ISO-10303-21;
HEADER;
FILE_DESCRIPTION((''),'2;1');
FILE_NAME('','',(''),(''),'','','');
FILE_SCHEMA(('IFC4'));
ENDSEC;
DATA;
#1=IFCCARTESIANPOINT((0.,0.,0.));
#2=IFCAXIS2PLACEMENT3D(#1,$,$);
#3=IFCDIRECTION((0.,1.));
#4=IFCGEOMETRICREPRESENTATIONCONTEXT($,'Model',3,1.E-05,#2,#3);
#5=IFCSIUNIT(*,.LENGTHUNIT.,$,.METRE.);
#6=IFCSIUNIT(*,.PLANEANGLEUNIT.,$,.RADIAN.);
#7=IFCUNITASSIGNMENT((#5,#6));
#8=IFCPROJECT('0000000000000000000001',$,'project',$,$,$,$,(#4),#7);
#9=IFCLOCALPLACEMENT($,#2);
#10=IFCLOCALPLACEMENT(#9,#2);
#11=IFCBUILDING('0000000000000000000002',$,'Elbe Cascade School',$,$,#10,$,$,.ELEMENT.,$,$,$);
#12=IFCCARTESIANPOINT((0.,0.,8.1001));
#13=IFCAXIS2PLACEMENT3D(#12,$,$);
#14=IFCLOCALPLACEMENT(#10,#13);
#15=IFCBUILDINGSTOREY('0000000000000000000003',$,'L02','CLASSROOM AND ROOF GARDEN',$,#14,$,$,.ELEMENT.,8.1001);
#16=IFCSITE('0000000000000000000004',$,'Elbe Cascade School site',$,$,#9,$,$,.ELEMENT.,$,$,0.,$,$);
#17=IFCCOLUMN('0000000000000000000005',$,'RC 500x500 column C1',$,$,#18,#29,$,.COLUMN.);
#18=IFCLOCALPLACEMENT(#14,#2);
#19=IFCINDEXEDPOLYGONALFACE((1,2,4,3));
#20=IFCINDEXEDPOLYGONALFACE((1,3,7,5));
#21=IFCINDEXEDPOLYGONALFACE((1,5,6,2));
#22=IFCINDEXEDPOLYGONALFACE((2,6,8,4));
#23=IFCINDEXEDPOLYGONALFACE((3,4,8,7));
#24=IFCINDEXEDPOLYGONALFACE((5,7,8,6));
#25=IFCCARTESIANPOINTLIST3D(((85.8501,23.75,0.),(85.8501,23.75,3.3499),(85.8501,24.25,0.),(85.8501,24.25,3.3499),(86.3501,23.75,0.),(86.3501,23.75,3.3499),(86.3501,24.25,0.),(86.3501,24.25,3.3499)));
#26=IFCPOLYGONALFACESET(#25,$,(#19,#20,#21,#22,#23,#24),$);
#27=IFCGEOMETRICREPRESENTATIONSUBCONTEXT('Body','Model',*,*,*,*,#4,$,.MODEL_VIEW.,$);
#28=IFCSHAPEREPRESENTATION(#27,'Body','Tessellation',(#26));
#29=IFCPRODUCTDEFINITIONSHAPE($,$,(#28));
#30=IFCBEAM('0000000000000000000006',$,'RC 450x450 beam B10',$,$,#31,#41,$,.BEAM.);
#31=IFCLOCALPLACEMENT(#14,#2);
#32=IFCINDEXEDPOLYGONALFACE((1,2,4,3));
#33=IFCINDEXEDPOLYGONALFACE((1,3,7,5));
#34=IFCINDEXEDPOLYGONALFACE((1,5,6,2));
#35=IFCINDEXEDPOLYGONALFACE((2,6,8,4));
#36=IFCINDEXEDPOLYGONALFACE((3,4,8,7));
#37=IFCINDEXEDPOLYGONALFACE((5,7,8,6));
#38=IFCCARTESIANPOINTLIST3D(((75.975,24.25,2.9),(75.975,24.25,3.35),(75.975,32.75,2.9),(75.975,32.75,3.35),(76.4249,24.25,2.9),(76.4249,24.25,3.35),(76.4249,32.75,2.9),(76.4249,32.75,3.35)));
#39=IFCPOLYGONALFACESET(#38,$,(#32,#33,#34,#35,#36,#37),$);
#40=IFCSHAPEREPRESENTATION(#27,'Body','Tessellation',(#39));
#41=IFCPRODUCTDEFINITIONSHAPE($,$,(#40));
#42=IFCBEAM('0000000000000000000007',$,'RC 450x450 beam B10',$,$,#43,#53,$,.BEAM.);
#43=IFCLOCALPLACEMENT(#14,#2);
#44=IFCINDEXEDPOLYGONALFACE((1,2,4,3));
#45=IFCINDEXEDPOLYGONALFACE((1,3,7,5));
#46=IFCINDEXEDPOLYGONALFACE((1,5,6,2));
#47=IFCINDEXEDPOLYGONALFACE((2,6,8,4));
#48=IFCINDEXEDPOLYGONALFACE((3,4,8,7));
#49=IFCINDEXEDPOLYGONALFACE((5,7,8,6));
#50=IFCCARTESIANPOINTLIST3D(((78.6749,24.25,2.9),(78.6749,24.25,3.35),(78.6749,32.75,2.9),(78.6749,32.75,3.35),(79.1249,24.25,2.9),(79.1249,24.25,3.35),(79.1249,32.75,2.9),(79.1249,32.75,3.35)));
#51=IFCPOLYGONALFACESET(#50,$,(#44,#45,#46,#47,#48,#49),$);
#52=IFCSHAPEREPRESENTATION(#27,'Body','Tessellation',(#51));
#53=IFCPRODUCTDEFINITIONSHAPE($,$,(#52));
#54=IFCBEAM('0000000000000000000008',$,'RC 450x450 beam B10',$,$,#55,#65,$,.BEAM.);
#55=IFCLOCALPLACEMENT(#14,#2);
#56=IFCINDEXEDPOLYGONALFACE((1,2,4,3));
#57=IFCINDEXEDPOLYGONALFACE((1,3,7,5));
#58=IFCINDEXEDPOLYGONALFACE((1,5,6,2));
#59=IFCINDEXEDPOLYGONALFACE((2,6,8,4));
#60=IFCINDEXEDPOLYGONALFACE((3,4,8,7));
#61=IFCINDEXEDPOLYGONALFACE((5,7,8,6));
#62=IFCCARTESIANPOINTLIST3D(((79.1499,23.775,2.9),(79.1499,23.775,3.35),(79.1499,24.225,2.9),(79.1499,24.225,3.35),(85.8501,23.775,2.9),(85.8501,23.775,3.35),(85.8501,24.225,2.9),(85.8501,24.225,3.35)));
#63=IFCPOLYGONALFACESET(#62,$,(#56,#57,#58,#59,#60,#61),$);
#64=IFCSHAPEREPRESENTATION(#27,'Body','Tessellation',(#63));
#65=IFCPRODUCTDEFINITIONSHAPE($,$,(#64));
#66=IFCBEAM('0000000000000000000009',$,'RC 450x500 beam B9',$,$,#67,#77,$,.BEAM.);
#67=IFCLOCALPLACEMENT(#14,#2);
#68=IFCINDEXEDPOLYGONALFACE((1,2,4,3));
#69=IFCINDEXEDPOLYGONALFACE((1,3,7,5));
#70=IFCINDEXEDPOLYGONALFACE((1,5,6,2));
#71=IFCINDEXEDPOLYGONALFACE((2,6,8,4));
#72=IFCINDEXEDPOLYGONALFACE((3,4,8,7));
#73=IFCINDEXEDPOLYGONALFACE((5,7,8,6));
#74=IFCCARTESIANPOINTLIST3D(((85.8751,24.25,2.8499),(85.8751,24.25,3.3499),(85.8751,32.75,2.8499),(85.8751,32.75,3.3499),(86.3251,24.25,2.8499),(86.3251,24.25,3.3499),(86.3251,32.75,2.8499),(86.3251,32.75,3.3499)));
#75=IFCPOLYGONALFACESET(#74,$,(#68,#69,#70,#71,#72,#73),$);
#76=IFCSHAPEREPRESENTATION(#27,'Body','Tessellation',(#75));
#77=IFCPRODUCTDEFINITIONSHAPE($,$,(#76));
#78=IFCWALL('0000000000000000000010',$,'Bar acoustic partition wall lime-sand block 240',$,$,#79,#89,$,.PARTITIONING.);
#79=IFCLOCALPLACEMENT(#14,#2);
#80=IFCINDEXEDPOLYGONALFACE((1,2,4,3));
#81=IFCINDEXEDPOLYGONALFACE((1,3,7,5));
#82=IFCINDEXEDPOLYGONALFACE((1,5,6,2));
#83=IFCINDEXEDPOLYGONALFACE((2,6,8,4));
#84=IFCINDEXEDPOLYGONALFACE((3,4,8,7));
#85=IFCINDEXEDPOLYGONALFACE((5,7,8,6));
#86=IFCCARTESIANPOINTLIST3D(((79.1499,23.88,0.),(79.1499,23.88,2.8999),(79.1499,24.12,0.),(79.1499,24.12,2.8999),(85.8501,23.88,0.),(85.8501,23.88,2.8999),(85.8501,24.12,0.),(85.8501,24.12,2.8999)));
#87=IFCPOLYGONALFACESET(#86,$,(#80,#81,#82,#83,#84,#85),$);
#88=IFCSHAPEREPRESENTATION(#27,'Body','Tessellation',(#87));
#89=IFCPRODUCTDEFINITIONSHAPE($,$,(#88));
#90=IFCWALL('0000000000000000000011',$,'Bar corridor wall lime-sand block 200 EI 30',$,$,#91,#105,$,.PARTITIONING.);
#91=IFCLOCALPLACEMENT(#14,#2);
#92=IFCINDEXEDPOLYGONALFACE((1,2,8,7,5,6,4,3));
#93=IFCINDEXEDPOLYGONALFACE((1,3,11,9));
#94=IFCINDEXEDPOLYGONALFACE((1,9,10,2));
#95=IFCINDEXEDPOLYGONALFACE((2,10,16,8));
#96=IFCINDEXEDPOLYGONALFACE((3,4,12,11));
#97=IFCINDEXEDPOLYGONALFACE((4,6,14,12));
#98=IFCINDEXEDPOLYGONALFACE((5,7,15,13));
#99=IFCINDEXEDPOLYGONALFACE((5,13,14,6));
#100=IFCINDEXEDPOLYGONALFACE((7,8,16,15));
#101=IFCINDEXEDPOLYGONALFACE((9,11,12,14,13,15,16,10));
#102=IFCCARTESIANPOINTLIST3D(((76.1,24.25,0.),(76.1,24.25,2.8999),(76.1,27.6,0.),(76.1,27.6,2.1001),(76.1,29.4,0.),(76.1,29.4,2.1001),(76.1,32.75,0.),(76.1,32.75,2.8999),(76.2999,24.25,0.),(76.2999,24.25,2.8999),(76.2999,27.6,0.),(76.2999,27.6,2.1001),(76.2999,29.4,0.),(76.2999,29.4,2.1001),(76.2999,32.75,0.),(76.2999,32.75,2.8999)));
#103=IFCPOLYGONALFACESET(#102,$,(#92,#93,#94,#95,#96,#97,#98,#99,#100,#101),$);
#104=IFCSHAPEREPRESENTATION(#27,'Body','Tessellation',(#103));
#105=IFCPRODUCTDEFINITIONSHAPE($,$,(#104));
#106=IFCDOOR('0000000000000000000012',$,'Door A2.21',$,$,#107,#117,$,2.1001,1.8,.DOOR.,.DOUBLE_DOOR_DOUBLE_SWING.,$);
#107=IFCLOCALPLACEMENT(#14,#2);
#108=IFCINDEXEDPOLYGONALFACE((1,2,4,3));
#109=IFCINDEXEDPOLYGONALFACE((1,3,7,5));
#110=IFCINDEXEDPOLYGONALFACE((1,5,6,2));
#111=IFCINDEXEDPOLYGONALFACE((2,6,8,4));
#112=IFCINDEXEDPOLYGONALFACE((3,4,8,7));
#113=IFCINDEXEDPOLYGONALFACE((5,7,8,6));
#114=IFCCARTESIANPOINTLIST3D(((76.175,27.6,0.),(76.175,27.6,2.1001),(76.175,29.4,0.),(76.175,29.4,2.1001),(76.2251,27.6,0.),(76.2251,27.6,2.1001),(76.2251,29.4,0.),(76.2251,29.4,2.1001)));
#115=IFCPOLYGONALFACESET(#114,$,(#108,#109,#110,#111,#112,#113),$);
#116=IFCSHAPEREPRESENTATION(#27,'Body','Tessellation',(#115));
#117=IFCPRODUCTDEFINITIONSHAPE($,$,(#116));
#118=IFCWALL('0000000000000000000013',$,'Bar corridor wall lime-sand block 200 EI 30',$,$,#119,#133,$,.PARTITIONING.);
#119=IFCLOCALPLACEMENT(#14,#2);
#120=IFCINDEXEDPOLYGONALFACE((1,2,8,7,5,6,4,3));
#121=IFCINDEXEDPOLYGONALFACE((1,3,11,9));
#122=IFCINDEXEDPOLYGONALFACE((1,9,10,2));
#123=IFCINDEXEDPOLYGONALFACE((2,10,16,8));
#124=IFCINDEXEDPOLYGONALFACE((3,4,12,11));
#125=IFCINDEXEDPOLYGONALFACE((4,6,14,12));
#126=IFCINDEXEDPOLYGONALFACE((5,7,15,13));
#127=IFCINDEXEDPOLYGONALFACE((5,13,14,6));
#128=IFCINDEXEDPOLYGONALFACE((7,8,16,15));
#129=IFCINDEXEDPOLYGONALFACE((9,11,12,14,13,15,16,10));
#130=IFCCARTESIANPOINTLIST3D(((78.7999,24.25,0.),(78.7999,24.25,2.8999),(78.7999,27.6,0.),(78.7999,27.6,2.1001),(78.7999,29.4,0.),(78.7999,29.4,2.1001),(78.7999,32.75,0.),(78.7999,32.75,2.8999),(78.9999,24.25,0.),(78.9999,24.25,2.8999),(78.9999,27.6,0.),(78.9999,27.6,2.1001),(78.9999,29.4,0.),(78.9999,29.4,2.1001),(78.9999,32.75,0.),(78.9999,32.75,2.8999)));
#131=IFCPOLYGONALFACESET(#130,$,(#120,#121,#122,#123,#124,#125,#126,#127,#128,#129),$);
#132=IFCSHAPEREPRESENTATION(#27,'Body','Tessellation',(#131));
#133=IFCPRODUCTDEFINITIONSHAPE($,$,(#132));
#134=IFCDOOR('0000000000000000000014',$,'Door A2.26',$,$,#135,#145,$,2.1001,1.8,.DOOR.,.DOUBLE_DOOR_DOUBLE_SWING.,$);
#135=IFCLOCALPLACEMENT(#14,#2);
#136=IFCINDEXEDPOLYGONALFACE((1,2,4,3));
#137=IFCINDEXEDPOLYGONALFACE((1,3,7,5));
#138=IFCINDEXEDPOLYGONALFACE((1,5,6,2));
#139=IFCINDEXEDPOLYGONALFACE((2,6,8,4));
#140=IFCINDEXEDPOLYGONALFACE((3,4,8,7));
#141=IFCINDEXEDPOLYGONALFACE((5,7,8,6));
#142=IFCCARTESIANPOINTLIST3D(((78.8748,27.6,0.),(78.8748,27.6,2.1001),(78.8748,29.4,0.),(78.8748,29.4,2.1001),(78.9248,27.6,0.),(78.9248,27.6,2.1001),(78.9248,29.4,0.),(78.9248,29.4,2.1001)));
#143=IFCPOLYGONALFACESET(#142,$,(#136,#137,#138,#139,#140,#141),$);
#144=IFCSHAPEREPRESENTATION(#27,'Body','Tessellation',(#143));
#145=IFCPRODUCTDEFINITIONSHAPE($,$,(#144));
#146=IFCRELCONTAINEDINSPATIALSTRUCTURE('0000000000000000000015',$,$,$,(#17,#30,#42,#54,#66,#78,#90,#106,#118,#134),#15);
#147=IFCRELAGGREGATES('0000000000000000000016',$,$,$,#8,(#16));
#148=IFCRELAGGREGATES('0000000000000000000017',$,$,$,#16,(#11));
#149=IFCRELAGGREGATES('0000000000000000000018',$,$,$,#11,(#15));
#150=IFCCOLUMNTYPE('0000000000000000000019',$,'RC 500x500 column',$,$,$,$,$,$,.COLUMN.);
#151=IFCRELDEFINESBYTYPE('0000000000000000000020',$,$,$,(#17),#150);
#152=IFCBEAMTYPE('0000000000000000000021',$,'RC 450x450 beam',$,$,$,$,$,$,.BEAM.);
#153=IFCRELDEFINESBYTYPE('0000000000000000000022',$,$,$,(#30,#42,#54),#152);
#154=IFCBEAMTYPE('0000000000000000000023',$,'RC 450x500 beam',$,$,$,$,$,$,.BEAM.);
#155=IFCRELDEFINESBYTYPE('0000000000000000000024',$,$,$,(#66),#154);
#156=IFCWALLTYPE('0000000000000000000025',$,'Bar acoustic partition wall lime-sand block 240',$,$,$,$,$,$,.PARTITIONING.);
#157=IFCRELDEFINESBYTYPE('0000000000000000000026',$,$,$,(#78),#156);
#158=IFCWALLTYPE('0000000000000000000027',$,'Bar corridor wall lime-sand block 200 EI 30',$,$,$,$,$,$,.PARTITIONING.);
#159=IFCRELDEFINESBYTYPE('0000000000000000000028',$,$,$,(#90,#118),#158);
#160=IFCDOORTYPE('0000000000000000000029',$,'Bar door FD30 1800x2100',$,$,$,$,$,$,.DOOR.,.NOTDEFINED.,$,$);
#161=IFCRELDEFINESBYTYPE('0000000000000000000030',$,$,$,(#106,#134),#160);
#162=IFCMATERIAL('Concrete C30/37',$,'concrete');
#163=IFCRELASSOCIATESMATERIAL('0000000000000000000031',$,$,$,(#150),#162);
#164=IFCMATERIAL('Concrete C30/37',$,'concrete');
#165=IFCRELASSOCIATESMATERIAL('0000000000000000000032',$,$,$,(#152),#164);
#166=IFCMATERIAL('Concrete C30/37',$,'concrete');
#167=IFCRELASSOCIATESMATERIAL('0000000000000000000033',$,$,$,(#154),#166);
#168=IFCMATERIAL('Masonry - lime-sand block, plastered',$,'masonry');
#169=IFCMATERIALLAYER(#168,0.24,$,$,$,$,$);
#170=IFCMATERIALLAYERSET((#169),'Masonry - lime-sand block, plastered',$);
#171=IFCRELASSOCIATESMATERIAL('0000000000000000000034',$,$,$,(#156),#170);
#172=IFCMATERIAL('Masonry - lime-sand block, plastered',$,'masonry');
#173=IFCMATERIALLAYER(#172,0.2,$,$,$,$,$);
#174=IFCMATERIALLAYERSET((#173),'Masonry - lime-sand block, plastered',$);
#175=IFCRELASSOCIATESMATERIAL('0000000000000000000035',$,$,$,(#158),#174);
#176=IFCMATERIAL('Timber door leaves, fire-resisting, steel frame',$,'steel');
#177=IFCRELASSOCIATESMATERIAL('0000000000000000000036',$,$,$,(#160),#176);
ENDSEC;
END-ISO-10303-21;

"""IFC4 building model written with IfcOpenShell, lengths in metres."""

from ifc_helpers import new_model, si_unit, direction, frame, frame_2d, origin, origin_2d, place, context, subcontext, project, spatial, rectangle, extrude, material, layer, layer_set, material_profile, profile_set, type_object, element, fill, save


model = new_model("IFC4")

# Units and contexts
model_context = context("Model", 3, precision=1e-05, world=origin(), true_north=direction((0.0, 1.0)))
body_context = subcontext(model_context, "Body", "Model", "MODEL_VIEW")
ifc_project = project(units=[si_unit("LENGTHUNIT", "METRE"), si_unit("PLANEANGLEUNIT", "RADIAN")], contexts=[model_context])

# Site, building, storey
site_placement = place(None, origin())
site = spatial("IfcSite", under=ifc_project, at=site_placement, Name="Elbe Cascade School site", CompositionType="ELEMENT", RefElevation=0.0)
building_placement = place(site_placement, origin())
building = spatial("IfcBuilding", under=site, at=building_placement, Name="Elbe Cascade School", CompositionType="ELEMENT")
storey_placement = place(building_placement, frame((0.0, 0.0, 8.1001)))
storey = spatial("IfcBuildingStorey", under=building, at=storey_placement, Name="L02", Description="CLASSROOM AND ROOF GARDEN", CompositionType="ELEMENT", Elevation=8.1001)

# Column
ifc_material_1 = material(Name="Concrete C30/37", Category="concrete")
ifc_material_profile_1 = material_profile(ifc_material_1, rectangle(XDim=0.5, YDim=0.5, at=origin_2d()), Name="RC 500x500")
ifc_profile_set_1 = profile_set([ifc_material_profile_1], Name="Concrete C30/37")
column_type = type_object("IfcColumnType", Name="RC 500x500 column", PredefinedType="COLUMN", material=ifc_profile_set_1)
column_placement = place(storey_placement, frame((86.1001, 24.0, 0.0), z_axis=(0.0, 0.0, 1.0), x_axis=(1.0, 0.0, 0.0)))
element("IfcColumn", 1, at=column_placement, inside=storey, type_object=column_type, Name="RC 500x500 column C1", PredefinedType="COLUMN", context=body_context, shape_type="SweptSolid", body=[
    extrude(rectangle(XDim=0.5, YDim=0.5, at=origin_2d()), origin(), (0.0, 0.0, 1.0), 3.3499),
])

# Beams
ifc_material_2 = material(Name="Concrete C30/37", Category="concrete")
ifc_material_profile_2 = material_profile(ifc_material_2, rectangle(XDim=0.45, YDim=0.45, at=origin_2d()), Name="RC 450x450")
ifc_profile_set_2 = profile_set([ifc_material_profile_2], Name="Concrete C30/37")
beam_type_1 = type_object("IfcBeamType", Name="RC 450x450 beam", PredefinedType="BEAM", material=ifc_profile_set_2)
for number, where, z_axis, x_axis, name in (
    (2, (76.2, 24.25, 3.125), (0.0, 1.0, 0.0), (-1.0, 0.0, 0.0), "RC 450x450 beam B10"),
    (3, (78.8999, 24.25, 3.125), (0.0, 1.0, 0.0), (-1.0, 0.0, 0.0), "RC 450x450 beam B10"),
):
    element("IfcBeam", number, at=place(storey_placement, frame(where, z_axis=z_axis, x_axis=x_axis)), inside=storey, type_object=beam_type_1, Name=name, PredefinedType="BEAM", context=body_context, shape_type="SweptSolid", body=[
        extrude(rectangle(XDim=0.45, YDim=0.45, at=origin_2d()), origin(), (0.0, 0.0, 1.0), 8.5),
    ])
beam_1_placement = place(storey_placement, frame((79.1499, 24.0, 3.125), z_axis=(1.0, 0.0, 0.0), x_axis=(0.0, 1.0, 0.0)))
element("IfcBeam", 4, at=beam_1_placement, inside=storey, type_object=beam_type_1, Name="RC 450x450 beam B10", PredefinedType="BEAM", context=body_context, shape_type="SweptSolid", body=[
    extrude(rectangle(XDim=0.45, YDim=0.45, at=origin_2d()), origin(), (0.0, 0.0, 1.0), 6.7002),
])
ifc_material_3 = material(Name="Concrete C30/37", Category="concrete")
ifc_material_profile_3 = material_profile(ifc_material_3, rectangle(XDim=0.45, YDim=0.5, at=origin_2d()), Name="RC 450x500")
ifc_profile_set_3 = profile_set([ifc_material_profile_3], Name="Concrete C30/37")
beam_type_2 = type_object("IfcBeamType", Name="RC 450x500 beam", PredefinedType="BEAM", material=ifc_profile_set_3)
beam_2_placement = place(storey_placement, frame((86.1001, 24.25, 3.0999), z_axis=(0.0, 1.0, 0.0), x_axis=(-1.0, 0.0, 0.0)))
element("IfcBeam", 5, at=beam_2_placement, inside=storey, type_object=beam_type_2, Name="RC 450x500 beam B9", PredefinedType="BEAM", context=body_context, shape_type="SweptSolid", body=[
    extrude(rectangle(XDim=0.45, YDim=0.5, at=origin_2d()), origin(), (0.0, 0.0, 1.0), 8.5),
])

# Wall
ifc_material_4 = material(Name="Masonry - lime-sand block, plastered", Category="masonry")
ifc_layer_1 = layer(ifc_material_4, 0.24)
ifc_layer_set_1 = layer_set([ifc_layer_1], Name="Masonry - lime-sand block, plastered")
wall_type_1 = type_object("IfcWallType", Name="Bar acoustic partition wall lime-sand block 240", PredefinedType="PARTITIONING", material=ifc_layer_set_1)
wall_1_placement = place(storey_placement, frame((79.1499, 24.0, 0.0), z_axis=(0.0, 0.0, 1.0), x_axis=(1.0, 0.0, 0.0)))
element("IfcWall", 6, at=wall_1_placement, inside=storey, type_object=wall_type_1, Name="Bar acoustic partition wall lime-sand block 240", PredefinedType="PARTITIONING", context=body_context, shape_type="SweptSolid", body=[
    extrude(rectangle(XDim=6.7002, YDim=0.24, at=frame_2d((3.3501, 0.0))), origin(), (0.0, 0.0, 1.0), 2.8999),
])

# Walls, openings, doors
ifc_material_5 = material(Name="Masonry - lime-sand block, plastered", Category="masonry")
ifc_layer_2 = layer(ifc_material_5, 0.2)
ifc_layer_set_2 = layer_set([ifc_layer_2], Name="Masonry - lime-sand block, plastered")
wall_type_2 = type_object("IfcWallType", Name="Bar corridor wall lime-sand block 200 EI 30", PredefinedType="PARTITIONING", material=ifc_layer_set_2)
wall_2_placement = place(storey_placement, frame((76.2, 24.25, 0.0), z_axis=(0.0, 0.0, 1.0), x_axis=(0.0, 1.0, 0.0)))
wall_2 = element("IfcWall", 7, at=wall_2_placement, inside=storey, type_object=wall_type_2, Name="Bar corridor wall lime-sand block 200 EI 30", PredefinedType="PARTITIONING", context=body_context, shape_type="SweptSolid", body=[
    extrude(rectangle(XDim=8.5, YDim=0.2, at=frame_2d((4.25, 0.0))), origin(), (0.0, 0.0, 1.0), 2.8999),
])
opening_1_placement = place(wall_2_placement, frame((3.3501, 0.0, 0.0)))
opening_1 = element("IfcOpeningElement", 8, at=opening_1_placement, cuts=wall_2, PredefinedType="OPENING", context=body_context, shape_type="SweptSolid", body=[
    extrude(rectangle(XDim=1.8, YDim=2.1001, at=frame_2d((0.8999, 1.05))), frame((0.0, 0.1099, 0.0), z_axis=(0.0, -1.0, 0.0), x_axis=(1.0, 0.0, 0.0)), (0.0, 0.0, 1.0), 0.22),
])
ifc_material_6 = material(Name="Timber door leaves, fire-resisting, steel frame", Category="steel")
door_type = type_object("IfcDoorType", Name="Bar door FD30 1800x2100", OperationType="NOTDEFINED", PredefinedType="DOOR", material=ifc_material_6)
door_1_placement = place(opening_1_placement, origin())
door_1 = element("IfcDoor", 9, at=door_1_placement, inside=storey, type_object=door_type, Name="Door A2.21", OperationType="DOUBLE_DOOR_DOUBLE_SWING", OverallHeight=2.1001, OverallWidth=1.8, PredefinedType="DOOR", context=body_context, shape_type="SweptSolid", body=[
    extrude(rectangle(XDim=1.8, YDim=2.1001, at=frame_2d((0.8999, 1.05))), frame((0.0, 0.0249, 0.0), z_axis=(0.0, -1.0, 0.0), x_axis=(1.0, 0.0, 0.0)), (0.0, 0.0, 1.0), 0.05),
])
fill(opening_1, door_1)
wall_3_placement = place(storey_placement, frame((78.8999, 32.75, 0.0), z_axis=(0.0, 0.0, 1.0), x_axis=(0.0, -1.0, 0.0)))
wall_3 = element("IfcWall", 10, at=wall_3_placement, inside=storey, type_object=wall_type_2, Name="Bar corridor wall lime-sand block 200 EI 30", PredefinedType="PARTITIONING", context=body_context, shape_type="SweptSolid", body=[
    extrude(rectangle(XDim=8.5, YDim=0.2, at=frame_2d((4.25, 0.0))), origin(), (0.0, 0.0, 1.0), 2.8999),
])
opening_2_placement = place(wall_3_placement, frame((3.3501, 0.0, 0.0)))
opening_2 = element("IfcOpeningElement", 11, at=opening_2_placement, cuts=wall_3, PredefinedType="OPENING", context=body_context, shape_type="SweptSolid", body=[
    extrude(rectangle(XDim=1.8, YDim=2.1001, at=frame_2d((0.8999, 1.05))), frame((0.0, 0.1099, 0.0), z_axis=(0.0, -1.0, 0.0), x_axis=(1.0, 0.0, 0.0)), (0.0, 0.0, 1.0), 0.22),
])
door_2_placement = place(opening_2_placement, origin())
door_2 = element("IfcDoor", 12, at=door_2_placement, inside=storey, type_object=door_type, Name="Door A2.26", OperationType="DOUBLE_DOOR_DOUBLE_SWING", OverallHeight=2.1001, OverallWidth=1.8, PredefinedType="DOOR", context=body_context, shape_type="SweptSolid", body=[
    extrude(rectangle(XDim=1.8, YDim=2.1001, at=frame_2d((0.8999, 1.05))), frame((0.0, 0.0249, 0.0), z_axis=(0.0, -1.0, 0.0), x_axis=(1.0, 0.0, 0.0)), (0.0, 0.0, 1.0), 0.05),
])
fill(opening_2, door_2)

save(model, "model.ifc")
